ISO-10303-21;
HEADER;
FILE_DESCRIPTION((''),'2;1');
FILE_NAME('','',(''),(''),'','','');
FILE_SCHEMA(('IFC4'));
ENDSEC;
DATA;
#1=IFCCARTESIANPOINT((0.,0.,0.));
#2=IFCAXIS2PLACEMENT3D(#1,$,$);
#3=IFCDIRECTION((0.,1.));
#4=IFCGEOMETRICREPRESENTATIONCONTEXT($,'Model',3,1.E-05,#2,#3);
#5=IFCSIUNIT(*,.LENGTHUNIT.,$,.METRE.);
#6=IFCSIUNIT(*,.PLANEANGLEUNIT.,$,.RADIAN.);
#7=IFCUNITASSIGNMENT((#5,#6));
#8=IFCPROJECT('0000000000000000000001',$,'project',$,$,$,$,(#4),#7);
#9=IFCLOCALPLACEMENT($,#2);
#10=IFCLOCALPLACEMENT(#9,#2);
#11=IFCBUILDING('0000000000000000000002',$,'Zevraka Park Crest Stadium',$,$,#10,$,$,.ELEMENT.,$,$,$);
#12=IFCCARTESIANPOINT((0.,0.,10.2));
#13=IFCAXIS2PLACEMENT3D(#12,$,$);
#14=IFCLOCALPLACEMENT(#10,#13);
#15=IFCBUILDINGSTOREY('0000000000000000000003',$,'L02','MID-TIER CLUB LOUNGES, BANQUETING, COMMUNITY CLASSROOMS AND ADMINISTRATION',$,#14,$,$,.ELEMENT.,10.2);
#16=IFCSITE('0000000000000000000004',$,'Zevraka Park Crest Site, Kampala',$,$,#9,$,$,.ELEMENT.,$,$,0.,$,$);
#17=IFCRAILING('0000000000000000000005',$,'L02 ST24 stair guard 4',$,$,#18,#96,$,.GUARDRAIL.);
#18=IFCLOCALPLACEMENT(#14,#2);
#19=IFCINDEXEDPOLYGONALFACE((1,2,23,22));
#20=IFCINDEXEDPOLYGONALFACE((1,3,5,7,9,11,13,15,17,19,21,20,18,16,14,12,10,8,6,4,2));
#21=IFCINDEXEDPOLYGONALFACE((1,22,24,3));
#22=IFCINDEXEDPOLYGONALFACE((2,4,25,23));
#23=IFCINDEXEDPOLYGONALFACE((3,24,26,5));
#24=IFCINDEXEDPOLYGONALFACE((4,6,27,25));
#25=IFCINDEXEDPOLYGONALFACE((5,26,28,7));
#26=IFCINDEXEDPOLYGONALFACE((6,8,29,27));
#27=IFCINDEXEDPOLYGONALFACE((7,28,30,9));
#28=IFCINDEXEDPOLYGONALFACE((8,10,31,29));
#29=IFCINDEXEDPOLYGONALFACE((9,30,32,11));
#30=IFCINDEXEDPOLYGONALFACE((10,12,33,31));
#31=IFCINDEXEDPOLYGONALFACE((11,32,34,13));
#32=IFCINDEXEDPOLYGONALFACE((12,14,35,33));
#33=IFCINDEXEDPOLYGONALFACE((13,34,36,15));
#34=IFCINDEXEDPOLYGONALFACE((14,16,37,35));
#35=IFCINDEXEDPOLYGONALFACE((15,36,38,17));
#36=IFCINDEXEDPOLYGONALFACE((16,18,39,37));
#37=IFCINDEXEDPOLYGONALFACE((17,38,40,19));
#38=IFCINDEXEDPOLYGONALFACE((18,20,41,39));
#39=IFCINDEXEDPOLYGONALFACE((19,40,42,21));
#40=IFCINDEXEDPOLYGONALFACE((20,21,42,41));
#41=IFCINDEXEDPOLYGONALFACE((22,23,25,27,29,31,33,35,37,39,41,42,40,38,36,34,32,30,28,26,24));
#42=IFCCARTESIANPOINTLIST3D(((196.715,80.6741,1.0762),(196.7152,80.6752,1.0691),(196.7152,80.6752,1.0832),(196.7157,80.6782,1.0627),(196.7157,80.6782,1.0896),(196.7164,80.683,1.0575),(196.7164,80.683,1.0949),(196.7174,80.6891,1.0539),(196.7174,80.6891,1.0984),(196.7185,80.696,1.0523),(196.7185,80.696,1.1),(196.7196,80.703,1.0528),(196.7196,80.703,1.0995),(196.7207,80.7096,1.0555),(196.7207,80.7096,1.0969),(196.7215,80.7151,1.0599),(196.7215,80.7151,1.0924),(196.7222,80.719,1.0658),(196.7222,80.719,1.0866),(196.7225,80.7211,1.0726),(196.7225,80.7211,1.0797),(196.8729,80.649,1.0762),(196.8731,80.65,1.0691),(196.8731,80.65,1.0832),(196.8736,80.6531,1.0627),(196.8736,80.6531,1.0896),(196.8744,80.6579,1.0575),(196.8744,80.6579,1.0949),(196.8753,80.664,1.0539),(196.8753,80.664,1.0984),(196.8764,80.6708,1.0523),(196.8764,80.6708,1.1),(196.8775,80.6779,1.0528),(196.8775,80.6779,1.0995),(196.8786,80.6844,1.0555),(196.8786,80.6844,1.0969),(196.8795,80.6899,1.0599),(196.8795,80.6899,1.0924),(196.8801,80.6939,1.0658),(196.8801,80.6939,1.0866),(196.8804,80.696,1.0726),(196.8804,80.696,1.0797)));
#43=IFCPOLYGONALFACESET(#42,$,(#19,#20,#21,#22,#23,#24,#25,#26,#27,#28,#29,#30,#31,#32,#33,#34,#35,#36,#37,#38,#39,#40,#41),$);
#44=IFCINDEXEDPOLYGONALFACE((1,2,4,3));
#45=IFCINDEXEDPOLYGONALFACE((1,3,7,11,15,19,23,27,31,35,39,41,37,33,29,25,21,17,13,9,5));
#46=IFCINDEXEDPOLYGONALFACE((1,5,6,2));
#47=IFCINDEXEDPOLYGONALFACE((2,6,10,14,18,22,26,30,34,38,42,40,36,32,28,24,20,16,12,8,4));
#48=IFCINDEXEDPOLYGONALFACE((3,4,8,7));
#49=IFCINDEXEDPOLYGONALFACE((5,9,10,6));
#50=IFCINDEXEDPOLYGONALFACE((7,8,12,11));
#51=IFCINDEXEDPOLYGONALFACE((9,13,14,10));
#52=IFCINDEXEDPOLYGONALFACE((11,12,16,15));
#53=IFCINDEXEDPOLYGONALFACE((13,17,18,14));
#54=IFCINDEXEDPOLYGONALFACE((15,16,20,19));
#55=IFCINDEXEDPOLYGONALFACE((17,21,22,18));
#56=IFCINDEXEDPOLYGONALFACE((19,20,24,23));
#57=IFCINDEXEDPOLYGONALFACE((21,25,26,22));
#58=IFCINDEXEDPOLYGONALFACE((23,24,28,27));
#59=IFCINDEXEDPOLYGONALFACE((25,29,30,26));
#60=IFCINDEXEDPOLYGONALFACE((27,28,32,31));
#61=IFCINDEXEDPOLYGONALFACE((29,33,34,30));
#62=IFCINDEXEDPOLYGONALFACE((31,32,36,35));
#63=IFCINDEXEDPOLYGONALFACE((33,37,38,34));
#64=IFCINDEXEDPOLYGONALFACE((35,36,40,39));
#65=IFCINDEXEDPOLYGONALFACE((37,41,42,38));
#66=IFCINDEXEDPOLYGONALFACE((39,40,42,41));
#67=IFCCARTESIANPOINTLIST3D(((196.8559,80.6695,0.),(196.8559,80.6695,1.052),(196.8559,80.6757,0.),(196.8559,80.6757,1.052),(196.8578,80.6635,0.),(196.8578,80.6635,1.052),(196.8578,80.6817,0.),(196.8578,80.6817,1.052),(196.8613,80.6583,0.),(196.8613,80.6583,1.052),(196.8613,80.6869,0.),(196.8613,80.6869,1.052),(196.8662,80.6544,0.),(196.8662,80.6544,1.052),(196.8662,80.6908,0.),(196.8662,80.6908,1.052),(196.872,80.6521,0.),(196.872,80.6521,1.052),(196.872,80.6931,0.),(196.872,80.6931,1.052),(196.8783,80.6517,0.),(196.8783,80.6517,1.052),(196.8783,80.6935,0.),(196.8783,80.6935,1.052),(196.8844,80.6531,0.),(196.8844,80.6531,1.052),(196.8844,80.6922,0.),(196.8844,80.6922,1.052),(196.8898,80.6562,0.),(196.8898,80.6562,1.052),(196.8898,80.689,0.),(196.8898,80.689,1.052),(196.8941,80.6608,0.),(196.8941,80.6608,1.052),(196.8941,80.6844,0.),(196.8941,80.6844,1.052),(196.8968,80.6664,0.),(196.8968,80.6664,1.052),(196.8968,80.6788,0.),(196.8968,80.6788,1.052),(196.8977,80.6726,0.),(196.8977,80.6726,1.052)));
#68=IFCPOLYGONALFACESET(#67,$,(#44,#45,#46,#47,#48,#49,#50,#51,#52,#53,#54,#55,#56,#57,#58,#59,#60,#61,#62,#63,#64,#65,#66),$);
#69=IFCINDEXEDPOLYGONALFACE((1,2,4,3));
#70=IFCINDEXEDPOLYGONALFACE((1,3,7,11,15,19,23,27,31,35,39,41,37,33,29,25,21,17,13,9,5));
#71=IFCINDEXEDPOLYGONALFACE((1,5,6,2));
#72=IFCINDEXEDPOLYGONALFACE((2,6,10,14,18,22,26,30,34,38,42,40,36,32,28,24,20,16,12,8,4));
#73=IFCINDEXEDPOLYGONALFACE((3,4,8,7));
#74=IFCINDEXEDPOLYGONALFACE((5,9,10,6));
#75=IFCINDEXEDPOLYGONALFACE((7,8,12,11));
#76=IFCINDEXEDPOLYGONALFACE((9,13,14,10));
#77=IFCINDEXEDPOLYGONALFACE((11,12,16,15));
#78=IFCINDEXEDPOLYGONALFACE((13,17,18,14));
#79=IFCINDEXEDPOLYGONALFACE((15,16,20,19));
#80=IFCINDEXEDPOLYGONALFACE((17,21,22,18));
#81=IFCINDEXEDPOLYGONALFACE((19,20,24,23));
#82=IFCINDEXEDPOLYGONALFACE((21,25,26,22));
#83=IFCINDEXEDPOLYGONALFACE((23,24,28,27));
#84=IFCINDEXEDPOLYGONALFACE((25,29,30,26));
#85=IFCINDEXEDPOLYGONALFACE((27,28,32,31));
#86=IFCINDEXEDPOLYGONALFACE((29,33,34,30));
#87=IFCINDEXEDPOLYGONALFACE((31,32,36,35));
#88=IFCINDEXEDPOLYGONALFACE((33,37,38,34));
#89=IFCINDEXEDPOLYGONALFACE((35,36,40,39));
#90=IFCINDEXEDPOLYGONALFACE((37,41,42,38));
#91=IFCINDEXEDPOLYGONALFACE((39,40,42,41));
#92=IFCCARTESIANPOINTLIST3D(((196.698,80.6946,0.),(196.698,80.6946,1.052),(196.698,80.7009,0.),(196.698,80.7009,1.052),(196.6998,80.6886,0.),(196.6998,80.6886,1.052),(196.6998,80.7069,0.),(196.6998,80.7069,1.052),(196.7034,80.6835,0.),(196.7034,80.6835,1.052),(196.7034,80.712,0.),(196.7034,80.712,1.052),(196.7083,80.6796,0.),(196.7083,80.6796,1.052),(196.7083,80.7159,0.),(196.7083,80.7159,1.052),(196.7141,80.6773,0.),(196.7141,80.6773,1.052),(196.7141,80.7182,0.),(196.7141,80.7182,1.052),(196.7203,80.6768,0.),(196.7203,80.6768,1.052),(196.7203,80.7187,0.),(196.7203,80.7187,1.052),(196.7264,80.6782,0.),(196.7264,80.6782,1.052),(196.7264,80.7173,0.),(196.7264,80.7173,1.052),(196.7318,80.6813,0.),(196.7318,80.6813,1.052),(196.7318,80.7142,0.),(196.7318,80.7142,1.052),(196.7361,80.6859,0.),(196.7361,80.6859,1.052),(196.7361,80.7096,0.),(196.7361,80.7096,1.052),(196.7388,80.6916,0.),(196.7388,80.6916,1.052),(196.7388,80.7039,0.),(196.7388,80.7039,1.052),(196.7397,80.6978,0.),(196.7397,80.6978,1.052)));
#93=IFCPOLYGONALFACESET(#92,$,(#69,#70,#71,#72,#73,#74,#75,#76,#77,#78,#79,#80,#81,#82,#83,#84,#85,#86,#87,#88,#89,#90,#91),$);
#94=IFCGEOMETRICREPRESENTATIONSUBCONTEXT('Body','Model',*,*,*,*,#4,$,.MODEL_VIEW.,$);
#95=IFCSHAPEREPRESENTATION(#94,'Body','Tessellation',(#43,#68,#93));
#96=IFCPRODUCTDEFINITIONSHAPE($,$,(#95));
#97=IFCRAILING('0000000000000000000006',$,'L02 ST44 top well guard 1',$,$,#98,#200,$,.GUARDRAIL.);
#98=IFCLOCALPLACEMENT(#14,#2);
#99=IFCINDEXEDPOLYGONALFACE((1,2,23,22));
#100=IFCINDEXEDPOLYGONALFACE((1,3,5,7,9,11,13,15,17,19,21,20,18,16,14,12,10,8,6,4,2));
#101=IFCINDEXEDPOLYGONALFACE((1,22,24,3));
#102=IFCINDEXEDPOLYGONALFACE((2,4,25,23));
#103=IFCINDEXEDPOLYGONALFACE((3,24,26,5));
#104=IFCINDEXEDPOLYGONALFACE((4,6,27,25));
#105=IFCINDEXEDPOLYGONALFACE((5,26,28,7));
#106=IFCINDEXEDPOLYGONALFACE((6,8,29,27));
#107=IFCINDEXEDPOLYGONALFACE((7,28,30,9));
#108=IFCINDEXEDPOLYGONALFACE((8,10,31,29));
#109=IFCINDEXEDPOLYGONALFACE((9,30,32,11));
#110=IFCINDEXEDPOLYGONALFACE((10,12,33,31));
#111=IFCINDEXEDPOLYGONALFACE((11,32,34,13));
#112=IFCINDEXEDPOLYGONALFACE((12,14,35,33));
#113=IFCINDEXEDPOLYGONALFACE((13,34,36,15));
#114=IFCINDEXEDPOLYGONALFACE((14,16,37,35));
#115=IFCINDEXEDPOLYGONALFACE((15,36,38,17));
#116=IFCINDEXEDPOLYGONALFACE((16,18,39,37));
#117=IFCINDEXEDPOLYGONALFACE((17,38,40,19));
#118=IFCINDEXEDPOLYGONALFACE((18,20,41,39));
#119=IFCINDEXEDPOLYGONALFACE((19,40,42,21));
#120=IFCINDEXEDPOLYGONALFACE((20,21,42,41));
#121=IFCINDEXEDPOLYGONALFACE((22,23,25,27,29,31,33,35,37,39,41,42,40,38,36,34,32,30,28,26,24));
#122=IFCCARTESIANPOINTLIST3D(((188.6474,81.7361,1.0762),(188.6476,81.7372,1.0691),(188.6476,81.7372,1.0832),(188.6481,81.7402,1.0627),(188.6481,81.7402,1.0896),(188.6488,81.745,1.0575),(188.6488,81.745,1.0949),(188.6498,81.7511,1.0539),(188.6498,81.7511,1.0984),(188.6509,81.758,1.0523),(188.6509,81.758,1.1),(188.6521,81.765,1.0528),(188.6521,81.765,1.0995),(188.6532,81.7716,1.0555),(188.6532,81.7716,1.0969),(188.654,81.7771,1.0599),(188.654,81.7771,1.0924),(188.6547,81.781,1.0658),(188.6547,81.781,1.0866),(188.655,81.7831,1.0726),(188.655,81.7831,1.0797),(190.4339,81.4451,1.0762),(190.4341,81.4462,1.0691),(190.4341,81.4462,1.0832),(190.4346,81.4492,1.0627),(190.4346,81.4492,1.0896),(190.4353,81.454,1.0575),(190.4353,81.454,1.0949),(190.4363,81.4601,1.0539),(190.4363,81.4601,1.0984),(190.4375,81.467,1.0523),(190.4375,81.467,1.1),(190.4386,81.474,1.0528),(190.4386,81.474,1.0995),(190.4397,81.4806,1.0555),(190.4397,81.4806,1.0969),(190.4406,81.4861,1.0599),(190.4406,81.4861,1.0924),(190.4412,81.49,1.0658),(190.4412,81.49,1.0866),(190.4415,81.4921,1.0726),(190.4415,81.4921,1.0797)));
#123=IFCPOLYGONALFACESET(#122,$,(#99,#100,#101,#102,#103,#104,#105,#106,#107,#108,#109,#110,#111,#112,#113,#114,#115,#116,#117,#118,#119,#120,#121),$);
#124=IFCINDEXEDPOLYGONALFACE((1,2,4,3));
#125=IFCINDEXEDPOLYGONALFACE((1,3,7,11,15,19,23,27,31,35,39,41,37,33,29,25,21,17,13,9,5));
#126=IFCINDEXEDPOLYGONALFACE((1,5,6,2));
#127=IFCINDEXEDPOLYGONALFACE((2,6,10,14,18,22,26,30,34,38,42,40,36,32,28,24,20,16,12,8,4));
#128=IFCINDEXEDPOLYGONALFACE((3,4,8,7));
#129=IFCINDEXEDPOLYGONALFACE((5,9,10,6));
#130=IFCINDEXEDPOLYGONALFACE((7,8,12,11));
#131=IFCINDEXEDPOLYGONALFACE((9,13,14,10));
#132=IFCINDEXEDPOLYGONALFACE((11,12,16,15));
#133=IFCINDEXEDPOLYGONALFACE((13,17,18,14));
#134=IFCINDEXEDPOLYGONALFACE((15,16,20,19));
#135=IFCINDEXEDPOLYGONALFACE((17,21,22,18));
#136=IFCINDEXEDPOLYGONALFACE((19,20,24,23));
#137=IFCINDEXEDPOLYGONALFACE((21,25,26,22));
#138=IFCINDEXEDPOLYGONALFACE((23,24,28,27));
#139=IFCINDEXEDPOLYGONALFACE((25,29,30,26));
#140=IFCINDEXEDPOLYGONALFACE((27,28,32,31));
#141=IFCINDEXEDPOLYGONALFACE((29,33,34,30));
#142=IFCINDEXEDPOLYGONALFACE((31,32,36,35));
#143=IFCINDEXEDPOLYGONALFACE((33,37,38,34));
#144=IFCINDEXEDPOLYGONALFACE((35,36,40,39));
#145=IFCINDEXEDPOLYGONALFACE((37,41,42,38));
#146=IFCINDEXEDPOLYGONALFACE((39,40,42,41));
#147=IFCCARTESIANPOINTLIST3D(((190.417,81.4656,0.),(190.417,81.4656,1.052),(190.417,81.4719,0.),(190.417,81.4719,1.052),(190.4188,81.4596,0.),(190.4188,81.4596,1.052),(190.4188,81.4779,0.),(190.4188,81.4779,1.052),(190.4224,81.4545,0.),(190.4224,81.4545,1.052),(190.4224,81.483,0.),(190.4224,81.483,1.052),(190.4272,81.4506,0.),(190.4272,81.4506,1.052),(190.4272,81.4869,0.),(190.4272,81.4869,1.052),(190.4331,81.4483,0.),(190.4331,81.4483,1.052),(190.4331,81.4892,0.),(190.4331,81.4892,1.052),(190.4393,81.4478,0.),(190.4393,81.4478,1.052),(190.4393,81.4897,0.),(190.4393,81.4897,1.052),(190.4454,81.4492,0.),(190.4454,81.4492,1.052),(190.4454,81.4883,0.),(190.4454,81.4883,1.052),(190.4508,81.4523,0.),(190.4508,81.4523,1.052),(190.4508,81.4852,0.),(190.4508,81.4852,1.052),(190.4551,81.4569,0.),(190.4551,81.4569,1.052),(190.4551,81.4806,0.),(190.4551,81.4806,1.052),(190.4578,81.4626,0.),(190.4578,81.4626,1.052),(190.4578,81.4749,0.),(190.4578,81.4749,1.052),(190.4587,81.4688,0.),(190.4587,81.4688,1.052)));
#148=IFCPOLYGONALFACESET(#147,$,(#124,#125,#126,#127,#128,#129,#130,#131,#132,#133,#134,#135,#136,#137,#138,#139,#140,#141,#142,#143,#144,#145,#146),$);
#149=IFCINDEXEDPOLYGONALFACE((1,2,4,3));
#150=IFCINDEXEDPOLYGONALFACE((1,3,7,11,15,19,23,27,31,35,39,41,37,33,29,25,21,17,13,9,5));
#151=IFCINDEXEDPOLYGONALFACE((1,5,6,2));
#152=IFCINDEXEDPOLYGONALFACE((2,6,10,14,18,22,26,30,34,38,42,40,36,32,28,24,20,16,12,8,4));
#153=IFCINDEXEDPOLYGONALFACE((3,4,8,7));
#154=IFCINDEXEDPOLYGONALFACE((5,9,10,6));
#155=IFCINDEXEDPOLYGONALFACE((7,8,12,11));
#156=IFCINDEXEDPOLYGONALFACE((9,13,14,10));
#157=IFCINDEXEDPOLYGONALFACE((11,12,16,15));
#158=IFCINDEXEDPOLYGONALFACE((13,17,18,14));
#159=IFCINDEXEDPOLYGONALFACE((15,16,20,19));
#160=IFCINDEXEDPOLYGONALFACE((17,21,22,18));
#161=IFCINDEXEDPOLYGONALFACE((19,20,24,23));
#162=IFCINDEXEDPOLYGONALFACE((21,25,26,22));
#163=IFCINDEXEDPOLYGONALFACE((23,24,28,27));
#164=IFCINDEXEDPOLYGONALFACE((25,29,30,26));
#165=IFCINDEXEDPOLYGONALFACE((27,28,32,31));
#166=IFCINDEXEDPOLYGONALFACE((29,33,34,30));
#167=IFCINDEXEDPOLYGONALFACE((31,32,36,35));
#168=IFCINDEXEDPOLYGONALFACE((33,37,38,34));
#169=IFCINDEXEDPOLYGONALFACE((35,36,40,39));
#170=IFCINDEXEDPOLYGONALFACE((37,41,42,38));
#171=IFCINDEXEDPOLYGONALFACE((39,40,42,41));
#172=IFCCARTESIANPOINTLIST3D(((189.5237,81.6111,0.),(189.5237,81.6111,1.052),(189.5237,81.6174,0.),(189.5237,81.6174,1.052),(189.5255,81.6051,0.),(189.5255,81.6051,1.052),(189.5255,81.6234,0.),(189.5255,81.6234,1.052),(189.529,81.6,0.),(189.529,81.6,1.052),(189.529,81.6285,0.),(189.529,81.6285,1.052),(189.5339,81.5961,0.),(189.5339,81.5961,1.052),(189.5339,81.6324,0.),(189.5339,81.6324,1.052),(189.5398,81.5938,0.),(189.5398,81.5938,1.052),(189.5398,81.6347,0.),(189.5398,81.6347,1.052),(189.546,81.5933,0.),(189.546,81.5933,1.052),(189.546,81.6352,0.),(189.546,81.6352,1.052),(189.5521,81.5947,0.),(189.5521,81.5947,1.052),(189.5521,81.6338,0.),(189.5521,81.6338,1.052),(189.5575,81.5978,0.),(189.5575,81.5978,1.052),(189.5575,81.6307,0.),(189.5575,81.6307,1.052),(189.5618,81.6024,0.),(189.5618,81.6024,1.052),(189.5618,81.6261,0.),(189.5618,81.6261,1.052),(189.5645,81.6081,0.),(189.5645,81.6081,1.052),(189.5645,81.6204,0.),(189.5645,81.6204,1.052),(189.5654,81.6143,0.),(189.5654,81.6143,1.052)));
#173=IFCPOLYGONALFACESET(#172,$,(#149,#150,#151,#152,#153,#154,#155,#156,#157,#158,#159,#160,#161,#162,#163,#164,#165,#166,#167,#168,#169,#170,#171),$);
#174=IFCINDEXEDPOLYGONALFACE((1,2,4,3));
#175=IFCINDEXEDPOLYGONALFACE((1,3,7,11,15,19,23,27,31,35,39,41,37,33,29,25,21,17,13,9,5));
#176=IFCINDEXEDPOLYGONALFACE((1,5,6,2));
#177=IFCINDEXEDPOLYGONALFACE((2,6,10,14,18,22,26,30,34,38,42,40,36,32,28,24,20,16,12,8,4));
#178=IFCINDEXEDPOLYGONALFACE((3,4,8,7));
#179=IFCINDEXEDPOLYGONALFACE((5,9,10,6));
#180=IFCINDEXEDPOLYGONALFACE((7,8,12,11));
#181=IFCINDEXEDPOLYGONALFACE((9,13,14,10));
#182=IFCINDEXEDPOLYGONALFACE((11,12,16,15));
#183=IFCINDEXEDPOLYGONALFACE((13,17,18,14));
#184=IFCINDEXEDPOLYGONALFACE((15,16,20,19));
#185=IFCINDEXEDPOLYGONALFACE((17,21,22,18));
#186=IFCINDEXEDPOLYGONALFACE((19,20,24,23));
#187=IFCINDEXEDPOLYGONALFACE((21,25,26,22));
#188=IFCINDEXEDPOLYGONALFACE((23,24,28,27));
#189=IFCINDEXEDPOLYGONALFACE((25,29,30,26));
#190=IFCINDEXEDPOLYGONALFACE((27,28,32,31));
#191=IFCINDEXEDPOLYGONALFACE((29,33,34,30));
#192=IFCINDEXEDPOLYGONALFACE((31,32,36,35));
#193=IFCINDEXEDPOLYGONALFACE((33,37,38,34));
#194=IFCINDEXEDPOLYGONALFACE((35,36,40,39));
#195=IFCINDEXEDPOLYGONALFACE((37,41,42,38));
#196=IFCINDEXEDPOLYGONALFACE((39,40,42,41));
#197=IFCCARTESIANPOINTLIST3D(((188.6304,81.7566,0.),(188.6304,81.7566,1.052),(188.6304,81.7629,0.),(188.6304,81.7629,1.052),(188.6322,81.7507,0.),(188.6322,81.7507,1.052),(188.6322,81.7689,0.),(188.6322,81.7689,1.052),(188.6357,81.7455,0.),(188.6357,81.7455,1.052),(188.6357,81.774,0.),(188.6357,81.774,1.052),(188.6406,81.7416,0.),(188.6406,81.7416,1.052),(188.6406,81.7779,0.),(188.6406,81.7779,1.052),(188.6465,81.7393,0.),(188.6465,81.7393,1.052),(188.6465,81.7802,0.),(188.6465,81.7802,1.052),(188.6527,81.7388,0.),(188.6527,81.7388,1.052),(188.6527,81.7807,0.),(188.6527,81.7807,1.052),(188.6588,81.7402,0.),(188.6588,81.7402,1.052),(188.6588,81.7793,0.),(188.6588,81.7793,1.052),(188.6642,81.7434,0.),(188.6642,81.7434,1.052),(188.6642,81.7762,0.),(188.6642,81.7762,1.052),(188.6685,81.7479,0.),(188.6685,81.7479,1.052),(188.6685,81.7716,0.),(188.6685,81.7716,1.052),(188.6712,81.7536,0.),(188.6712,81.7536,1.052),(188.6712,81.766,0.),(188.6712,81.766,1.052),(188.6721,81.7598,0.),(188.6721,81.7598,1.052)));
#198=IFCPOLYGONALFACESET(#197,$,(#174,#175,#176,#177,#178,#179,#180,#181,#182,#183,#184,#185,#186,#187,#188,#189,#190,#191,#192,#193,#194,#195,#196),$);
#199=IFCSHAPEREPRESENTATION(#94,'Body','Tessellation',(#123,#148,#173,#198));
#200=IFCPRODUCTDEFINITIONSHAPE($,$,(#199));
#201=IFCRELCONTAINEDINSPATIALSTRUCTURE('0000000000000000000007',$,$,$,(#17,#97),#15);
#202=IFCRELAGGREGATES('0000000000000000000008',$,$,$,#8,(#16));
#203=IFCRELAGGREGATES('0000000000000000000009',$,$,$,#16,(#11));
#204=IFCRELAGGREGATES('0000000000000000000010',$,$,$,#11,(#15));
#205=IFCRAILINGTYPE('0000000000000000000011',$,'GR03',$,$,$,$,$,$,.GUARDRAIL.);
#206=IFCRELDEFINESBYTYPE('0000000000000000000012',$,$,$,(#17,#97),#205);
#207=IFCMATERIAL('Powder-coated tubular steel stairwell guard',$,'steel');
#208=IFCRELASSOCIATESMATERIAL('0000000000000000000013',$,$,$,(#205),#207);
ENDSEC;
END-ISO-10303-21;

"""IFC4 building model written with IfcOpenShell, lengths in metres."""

from ifc_helpers import new_model, si_unit, direction, frame, origin, origin_2d, place, context, subcontext, project, spatial, circle, extrude, material, type_object, element, save


model = new_model("IFC4")

# Units and contexts
model_context = context("Model", 3, precision=1e-05, world=origin(), true_north=direction((0.0, 1.0)))
body_context = subcontext(model_context, "Body", "Model", "MODEL_VIEW")
ifc_project = project(units=[si_unit("LENGTHUNIT", "METRE"), si_unit("PLANEANGLEUNIT", "RADIAN")], contexts=[model_context])

# Site, building, storey
site_placement = place(None, origin())
site = spatial("IfcSite", under=ifc_project, at=site_placement, Name="Zevraka Park Crest Site, Kampala", CompositionType="ELEMENT", RefElevation=0.0)
building_placement = place(site_placement, origin())
building = spatial("IfcBuilding", under=site, at=building_placement, Name="Zevraka Park Crest Stadium", CompositionType="ELEMENT")
storey_placement = place(building_placement, frame((0.0, 0.0, 10.2)))
storey = spatial("IfcBuildingStorey", under=building, at=storey_placement, Name="L02", Description="MID-TIER CLUB LOUNGES, BANQUETING, COMMUNITY CLASSROOMS AND ADMINISTRATION", CompositionType="ELEMENT", Elevation=10.2)

# Railings
ifc_material_1 = material(Name="Powder-coated tubular steel stairwell guard", Category="steel")
railing_type_1 = type_object("IfcRailingType", Name="GR03", PredefinedType="GUARDRAIL", material=ifc_material_1)
railing_1_placement = place(storey_placement, frame((196.8767, 80.6726, 0.0)))
element("IfcRailing", 1, at=railing_1_placement, inside=storey, type_object=railing_type_1, Name="L02 ST24 stair guard 4", PredefinedType="GUARDRAIL", context=body_context, shape_type="SweptSolid", body=[
    extrude(circle(Radius=0.0239, at=origin_2d()), frame((0.0, 0.0, 1.0762), z_axis=(-0.987564, 0.157217, 0.0), x_axis=(-0.157217, -0.987564, 0.0)), (0.0, 0.0, 1.0), 0.1599),
    extrude(circle(Radius=0.021, at=origin_2d()), origin(), (0.0, 0.0, 1.0), 1.052),
    extrude(circle(Radius=0.021, at=origin_2d()), frame((-0.158, 0.0251, 0.0)), (0.0, 0.0, 1.0), 1.052),
])
railing_2_placement = place(storey_placement, frame((190.4377, 81.4688, 0.0)))
element("IfcRailing", 2, at=railing_2_placement, inside=storey, type_object=railing_type_1, Name="L02 ST44 top well guard 1", PredefinedType="GUARDRAIL", context=body_context, shape_type="SweptSolid", body=[
    extrude(circle(Radius=0.0239, at=origin_2d()), frame((0.0, 0.0, 1.0762), z_axis=(-0.986992, 0.160767, 0.0), x_axis=(-0.160767, -0.986992, 0.0)), (0.0, 0.0, 1.0), 1.8101),
    extrude(circle(Radius=0.021, at=origin_2d()), origin(), (0.0, 0.0, 1.0), 1.052),
    extrude(circle(Radius=0.021, at=origin_2d()), frame((-0.8933, 0.1455, 0.0)), (0.0, 0.0, 1.0), 1.052),
    extrude(circle(Radius=0.021, at=origin_2d()), frame((-1.7866, 0.291, 0.0)), (0.0, 0.0, 1.0), 1.052),
])

save(model, "model.ifc")
